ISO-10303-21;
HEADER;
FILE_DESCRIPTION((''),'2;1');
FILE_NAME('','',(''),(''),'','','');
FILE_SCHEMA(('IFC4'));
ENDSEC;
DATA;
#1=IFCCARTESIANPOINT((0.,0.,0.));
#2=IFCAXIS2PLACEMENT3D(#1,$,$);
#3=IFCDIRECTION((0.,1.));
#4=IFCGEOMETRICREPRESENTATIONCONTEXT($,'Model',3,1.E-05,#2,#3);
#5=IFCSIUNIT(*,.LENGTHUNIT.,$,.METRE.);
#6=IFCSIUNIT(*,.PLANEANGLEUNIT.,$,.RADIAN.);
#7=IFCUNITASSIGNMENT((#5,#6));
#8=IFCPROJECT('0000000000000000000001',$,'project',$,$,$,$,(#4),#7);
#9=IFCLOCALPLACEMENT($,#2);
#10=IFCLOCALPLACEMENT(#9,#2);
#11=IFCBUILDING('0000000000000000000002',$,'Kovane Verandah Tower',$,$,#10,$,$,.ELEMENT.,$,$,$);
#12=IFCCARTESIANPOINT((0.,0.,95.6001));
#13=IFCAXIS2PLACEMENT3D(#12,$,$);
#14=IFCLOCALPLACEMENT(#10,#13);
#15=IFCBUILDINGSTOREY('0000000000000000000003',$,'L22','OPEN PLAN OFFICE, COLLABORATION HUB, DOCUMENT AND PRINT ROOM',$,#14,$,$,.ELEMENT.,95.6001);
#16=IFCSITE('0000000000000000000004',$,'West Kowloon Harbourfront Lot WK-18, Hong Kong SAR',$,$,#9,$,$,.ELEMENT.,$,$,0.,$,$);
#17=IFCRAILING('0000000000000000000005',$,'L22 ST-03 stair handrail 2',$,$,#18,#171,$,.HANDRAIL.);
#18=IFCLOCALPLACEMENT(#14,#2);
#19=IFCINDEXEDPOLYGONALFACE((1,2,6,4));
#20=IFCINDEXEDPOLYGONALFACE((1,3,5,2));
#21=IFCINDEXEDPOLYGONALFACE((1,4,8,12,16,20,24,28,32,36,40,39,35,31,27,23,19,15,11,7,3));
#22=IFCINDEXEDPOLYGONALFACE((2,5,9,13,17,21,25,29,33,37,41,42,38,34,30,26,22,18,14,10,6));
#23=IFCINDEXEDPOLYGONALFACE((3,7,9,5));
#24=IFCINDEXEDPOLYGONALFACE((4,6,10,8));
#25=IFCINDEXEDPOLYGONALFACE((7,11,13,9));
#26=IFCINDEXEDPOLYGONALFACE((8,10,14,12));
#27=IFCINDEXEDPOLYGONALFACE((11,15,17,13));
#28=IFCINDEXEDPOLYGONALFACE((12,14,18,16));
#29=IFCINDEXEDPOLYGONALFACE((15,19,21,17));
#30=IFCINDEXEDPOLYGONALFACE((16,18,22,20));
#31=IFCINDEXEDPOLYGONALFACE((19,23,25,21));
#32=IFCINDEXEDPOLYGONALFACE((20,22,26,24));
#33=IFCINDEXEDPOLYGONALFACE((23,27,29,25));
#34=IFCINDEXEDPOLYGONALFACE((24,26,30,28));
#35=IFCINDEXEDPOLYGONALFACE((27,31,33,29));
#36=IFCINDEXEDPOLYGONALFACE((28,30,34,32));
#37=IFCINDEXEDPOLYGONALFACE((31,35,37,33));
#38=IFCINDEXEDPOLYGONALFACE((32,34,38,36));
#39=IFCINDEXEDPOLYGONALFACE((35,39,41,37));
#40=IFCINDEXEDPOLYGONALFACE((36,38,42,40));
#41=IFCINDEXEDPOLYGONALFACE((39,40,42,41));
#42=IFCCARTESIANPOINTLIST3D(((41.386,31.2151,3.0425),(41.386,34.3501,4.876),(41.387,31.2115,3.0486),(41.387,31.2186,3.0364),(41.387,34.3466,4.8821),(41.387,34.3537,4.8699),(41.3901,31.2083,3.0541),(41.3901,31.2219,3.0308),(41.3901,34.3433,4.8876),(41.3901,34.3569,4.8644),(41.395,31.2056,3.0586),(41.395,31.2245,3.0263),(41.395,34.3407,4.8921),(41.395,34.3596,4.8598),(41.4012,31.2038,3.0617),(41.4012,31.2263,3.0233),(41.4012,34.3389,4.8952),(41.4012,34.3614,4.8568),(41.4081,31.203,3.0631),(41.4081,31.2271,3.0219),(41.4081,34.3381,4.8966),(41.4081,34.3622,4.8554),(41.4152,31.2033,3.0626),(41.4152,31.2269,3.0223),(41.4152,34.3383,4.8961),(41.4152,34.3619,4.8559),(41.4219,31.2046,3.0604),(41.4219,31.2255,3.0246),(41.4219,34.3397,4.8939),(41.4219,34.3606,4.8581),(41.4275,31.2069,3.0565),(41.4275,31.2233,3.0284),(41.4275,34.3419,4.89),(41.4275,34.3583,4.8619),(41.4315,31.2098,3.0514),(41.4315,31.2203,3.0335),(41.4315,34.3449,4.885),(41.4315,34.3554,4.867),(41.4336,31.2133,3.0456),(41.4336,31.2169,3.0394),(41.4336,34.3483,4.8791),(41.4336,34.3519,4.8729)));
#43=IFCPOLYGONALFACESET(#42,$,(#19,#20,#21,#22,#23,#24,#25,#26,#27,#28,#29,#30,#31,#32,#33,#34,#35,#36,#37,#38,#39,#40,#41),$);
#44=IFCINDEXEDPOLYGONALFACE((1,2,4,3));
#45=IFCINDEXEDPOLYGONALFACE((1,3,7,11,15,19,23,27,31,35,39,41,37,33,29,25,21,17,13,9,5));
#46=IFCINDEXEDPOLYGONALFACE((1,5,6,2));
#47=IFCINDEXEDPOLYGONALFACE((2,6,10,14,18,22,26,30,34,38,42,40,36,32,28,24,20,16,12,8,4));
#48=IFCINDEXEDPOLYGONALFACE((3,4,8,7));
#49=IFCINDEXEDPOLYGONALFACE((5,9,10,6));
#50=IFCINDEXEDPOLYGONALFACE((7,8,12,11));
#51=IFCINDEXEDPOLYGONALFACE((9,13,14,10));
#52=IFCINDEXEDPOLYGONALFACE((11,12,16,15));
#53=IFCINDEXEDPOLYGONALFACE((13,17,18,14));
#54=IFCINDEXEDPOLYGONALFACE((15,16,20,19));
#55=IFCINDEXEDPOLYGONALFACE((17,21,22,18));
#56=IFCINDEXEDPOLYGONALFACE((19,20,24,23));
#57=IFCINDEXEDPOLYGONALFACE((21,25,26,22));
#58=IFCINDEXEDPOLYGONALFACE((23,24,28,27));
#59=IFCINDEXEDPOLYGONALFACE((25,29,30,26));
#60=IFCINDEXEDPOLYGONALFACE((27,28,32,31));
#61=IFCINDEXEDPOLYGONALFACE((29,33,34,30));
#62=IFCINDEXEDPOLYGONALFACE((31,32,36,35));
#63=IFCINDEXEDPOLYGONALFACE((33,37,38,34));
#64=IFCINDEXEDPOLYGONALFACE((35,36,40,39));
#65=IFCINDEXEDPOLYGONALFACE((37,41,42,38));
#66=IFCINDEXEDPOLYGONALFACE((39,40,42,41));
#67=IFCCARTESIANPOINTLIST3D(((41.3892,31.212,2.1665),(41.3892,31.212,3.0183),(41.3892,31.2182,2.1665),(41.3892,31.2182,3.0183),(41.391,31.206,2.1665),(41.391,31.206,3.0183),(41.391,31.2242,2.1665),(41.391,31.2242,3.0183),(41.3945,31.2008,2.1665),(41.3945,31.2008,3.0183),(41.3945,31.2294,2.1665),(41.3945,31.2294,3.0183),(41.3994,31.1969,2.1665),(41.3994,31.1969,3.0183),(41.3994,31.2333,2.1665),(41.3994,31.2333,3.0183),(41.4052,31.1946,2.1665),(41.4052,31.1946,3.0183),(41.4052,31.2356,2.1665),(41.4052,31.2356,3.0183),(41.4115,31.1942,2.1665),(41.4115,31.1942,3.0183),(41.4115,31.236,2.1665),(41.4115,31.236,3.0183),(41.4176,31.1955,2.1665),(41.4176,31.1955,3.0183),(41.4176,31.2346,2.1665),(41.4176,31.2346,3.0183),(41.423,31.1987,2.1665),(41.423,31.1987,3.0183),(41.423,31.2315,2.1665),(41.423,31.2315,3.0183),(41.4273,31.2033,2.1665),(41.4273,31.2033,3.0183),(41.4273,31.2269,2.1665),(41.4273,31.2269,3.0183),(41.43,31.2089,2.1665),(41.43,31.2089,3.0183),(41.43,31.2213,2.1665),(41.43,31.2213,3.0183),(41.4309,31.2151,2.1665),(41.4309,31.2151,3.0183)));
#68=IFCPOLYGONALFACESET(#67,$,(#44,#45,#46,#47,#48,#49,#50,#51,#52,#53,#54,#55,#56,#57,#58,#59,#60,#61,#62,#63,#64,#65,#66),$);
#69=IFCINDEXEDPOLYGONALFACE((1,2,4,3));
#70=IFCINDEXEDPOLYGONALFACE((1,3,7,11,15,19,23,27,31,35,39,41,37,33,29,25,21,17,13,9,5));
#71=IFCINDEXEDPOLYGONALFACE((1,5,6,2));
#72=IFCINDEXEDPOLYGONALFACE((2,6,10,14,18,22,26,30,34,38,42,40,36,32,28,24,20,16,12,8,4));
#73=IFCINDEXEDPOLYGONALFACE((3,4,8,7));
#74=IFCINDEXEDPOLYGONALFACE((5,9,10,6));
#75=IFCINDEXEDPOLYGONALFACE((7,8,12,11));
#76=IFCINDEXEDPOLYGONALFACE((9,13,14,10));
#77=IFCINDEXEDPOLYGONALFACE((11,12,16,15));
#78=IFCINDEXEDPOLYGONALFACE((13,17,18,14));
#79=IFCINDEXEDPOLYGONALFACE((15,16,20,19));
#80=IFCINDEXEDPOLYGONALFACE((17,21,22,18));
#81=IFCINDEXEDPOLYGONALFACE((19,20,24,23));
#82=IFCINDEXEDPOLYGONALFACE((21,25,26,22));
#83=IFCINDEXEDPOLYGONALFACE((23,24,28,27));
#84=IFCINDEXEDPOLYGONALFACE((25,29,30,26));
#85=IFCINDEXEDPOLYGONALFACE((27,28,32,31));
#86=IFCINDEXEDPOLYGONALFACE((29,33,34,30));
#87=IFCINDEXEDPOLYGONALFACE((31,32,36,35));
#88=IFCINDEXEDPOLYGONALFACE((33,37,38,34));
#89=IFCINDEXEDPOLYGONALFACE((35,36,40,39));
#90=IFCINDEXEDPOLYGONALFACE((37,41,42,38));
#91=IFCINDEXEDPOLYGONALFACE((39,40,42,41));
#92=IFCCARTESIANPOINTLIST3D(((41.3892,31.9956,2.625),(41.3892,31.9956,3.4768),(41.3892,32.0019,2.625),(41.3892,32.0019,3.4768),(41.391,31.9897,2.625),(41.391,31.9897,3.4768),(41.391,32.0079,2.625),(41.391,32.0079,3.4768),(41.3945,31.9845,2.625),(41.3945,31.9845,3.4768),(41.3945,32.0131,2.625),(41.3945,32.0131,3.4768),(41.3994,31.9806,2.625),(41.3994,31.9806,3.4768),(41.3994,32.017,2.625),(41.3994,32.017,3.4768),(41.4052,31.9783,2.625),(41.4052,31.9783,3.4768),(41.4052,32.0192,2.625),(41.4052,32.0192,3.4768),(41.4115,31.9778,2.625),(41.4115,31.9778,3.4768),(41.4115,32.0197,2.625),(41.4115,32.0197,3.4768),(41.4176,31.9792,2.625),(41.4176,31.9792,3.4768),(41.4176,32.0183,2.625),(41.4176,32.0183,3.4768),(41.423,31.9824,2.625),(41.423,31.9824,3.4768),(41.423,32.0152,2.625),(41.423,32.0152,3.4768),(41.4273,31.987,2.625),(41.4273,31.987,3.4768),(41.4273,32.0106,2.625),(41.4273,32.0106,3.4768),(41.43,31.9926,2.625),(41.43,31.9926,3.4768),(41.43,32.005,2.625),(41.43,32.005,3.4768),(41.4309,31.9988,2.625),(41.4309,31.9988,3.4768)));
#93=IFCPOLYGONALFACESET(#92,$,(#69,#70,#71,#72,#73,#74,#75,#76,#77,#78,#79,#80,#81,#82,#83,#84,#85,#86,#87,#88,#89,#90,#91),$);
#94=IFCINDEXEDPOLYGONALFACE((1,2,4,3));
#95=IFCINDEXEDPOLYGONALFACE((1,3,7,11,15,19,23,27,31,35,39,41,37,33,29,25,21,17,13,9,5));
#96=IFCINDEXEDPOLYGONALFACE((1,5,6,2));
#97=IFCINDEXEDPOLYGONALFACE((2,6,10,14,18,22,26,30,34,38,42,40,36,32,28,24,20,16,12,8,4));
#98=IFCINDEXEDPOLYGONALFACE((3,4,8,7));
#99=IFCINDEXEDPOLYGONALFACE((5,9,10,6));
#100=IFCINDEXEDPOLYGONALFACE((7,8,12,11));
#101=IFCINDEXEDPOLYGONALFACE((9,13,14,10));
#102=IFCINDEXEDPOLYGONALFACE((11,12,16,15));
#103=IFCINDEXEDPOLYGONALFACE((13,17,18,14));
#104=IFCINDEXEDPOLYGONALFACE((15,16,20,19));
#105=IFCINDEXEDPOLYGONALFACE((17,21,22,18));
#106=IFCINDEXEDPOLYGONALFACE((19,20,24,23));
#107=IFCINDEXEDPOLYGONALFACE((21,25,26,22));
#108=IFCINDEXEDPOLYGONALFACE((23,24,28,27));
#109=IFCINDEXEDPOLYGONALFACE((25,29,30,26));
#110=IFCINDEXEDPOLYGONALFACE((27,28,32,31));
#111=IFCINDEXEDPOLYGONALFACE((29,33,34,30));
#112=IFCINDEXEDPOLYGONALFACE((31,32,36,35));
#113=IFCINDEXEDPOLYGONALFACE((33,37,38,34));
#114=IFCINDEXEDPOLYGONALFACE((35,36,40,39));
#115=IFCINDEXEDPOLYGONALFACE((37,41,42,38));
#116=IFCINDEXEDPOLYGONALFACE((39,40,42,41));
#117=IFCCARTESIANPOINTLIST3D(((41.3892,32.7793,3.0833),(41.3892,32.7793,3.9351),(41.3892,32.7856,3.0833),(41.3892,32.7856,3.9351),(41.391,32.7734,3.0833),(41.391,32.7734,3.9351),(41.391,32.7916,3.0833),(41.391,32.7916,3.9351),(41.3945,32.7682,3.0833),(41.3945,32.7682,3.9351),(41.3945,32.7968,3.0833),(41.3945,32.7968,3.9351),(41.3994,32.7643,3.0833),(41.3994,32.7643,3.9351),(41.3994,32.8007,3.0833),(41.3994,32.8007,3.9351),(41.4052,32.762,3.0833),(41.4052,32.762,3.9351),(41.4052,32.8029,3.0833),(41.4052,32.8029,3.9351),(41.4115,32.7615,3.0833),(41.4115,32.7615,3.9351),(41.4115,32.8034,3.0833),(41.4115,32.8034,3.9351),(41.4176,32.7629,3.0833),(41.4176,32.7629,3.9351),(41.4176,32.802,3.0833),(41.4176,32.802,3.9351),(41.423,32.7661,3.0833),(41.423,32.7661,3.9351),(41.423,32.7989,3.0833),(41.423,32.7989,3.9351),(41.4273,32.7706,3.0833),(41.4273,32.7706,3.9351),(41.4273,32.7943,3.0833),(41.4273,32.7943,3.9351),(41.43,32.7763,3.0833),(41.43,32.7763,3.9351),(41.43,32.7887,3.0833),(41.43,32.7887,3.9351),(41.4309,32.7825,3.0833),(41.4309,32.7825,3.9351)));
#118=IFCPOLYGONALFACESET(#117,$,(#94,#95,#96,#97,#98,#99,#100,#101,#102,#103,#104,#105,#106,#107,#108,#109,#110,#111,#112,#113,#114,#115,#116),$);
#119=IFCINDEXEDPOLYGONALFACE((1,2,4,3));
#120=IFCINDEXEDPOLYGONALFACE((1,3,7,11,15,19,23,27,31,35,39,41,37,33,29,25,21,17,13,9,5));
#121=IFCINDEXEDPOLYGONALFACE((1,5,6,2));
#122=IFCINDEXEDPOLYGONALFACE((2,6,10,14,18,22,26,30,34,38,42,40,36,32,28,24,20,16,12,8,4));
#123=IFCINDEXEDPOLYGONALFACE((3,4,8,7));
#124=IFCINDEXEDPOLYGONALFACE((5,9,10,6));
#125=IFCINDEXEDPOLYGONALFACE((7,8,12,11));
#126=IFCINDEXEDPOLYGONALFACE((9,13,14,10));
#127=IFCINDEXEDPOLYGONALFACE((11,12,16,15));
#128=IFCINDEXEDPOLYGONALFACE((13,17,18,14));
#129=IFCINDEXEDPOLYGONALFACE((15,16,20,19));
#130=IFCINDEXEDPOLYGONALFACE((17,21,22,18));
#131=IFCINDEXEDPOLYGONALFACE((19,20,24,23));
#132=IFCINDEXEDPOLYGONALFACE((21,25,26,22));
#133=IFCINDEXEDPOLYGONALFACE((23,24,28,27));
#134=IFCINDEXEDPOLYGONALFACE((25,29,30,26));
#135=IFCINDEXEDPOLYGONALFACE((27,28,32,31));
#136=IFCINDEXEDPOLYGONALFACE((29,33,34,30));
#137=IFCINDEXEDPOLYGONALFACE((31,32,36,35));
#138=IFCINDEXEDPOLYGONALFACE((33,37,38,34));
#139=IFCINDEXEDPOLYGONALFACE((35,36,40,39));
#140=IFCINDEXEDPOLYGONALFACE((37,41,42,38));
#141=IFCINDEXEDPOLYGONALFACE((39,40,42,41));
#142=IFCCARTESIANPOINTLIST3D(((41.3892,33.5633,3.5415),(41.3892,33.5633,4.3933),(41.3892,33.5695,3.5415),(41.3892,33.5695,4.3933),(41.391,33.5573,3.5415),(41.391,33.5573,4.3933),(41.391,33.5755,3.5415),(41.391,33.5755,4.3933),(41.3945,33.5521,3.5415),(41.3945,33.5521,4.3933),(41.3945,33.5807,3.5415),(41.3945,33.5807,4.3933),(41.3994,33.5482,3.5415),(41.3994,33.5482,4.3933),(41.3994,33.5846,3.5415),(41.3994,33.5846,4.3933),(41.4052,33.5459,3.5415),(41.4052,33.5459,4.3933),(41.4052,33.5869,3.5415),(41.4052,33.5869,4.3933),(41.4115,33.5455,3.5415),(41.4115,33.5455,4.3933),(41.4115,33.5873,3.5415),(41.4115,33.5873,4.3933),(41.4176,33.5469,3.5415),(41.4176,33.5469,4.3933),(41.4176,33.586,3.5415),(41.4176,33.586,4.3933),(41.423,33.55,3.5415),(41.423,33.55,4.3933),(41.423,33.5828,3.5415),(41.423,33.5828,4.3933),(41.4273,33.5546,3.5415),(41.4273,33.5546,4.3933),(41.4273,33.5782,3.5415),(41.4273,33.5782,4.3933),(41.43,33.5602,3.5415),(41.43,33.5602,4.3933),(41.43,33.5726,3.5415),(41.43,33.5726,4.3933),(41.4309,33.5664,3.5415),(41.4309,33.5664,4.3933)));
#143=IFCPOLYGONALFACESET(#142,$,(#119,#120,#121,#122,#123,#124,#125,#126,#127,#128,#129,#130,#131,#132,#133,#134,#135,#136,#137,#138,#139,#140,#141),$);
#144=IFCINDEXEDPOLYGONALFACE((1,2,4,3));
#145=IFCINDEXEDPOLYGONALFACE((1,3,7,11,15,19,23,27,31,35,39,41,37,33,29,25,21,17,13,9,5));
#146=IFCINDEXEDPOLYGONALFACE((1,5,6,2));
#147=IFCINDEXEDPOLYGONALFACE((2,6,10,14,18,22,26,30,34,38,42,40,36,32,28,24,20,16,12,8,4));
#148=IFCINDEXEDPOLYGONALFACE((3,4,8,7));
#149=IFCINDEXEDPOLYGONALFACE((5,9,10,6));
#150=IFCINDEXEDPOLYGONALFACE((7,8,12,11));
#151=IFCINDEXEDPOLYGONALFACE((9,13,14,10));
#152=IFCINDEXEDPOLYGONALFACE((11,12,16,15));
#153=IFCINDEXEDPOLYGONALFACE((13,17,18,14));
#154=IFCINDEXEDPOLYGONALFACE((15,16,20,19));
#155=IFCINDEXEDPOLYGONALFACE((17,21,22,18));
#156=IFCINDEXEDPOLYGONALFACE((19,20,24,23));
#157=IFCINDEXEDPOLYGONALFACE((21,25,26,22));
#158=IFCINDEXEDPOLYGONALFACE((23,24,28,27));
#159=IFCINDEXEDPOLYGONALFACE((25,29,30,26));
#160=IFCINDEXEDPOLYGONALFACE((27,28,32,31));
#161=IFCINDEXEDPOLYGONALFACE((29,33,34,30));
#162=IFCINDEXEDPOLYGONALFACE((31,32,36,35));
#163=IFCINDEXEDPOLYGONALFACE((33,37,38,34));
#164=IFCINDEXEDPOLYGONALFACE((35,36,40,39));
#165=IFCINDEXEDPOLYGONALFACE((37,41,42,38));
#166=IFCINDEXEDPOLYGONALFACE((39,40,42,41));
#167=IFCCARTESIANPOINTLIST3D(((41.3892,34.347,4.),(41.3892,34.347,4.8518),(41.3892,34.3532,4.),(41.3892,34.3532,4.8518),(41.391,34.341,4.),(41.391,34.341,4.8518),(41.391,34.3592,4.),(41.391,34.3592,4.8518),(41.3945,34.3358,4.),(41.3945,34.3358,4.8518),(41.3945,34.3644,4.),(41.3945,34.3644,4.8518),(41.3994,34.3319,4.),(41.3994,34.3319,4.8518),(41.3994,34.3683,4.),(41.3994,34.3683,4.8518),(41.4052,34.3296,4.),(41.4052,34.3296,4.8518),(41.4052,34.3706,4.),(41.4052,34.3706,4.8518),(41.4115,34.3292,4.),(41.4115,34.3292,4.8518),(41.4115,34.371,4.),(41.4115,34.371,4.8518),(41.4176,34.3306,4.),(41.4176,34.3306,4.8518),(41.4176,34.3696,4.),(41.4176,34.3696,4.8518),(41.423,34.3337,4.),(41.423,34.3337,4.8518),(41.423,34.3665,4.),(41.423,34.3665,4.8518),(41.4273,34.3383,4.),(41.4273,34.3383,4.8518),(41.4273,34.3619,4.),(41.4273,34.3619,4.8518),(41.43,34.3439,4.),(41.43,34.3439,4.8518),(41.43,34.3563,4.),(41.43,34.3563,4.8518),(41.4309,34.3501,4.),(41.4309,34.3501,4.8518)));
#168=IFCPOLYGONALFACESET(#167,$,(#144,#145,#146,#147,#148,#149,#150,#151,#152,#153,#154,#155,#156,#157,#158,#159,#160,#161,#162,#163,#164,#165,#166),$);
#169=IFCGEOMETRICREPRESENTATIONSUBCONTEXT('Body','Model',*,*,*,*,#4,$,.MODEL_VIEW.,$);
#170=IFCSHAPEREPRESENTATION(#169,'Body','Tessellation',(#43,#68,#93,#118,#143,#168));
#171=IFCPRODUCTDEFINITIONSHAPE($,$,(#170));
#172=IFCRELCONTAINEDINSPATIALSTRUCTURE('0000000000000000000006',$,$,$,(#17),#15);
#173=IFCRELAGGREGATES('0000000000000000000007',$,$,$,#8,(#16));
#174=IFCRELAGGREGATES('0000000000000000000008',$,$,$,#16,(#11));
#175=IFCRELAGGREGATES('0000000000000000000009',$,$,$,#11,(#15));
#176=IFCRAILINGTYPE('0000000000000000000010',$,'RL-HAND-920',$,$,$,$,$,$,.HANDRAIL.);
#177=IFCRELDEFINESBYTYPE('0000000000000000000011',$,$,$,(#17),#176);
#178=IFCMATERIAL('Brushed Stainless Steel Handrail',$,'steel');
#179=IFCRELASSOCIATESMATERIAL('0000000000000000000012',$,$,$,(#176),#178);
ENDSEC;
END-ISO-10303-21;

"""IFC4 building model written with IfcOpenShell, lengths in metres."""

from ifc_helpers import new_model, si_unit, direction, frame, origin, origin_2d, place, context, subcontext, project, spatial, circle, extrude, material, type_object, element, save


model = new_model("IFC4")

# Units and contexts
model_context = context("Model", 3, precision=1e-05, world=origin(), true_north=direction((0.0, 1.0)))
body_context = subcontext(model_context, "Body", "Model", "MODEL_VIEW")
ifc_project = project(units=[si_unit("LENGTHUNIT", "METRE"), si_unit("PLANEANGLEUNIT", "RADIAN")], contexts=[model_context])

# Site, building, storey
site_placement = place(None, origin())
site = spatial("IfcSite", under=ifc_project, at=site_placement, Name="West Kowloon Harbourfront Lot WK-18, Hong Kong SAR", CompositionType="ELEMENT", RefElevation=0.0)
building_placement = place(site_placement, origin())
building = spatial("IfcBuilding", under=site, at=building_placement, Name="Kovane Verandah Tower", CompositionType="ELEMENT")
storey_placement = place(building_placement, frame((0.0, 0.0, 95.6001)))
storey = spatial("IfcBuildingStorey", under=building, at=storey_placement, Name="L22", Description="OPEN PLAN OFFICE, COLLABORATION HUB, DOCUMENT AND PRINT ROOM", CompositionType="ELEMENT", Elevation=95.6001)

# Railing
ifc_material_1 = material(Name="Brushed Stainless Steel Handrail", Category="steel")
railing_type_1 = type_object("IfcRailingType", Name="RL-HAND-920", PredefinedType="HANDRAIL", material=ifc_material_1)
railing_1_placement = place(storey_placement, frame((41.4099, 31.2151, 2.1665)))
element("IfcRailing", 1, at=railing_1_placement, inside=storey, type_object=railing_type_1, Name="L22 ST-03 stair handrail 2", PredefinedType="HANDRAIL", context=body_context, shape_type="SweptSolid", body=[
    extrude(circle(Radius=0.0239, at=origin_2d()), frame((0.0, 0.0, 0.876), z_axis=(0.0, 0.86321, 0.504845), x_axis=(-1.0, 0.0, 0.0)), (0.0, 0.0, 1.0), 3.6318),
    extrude(circle(Radius=0.021, at=origin_2d()), origin(), (0.0, 0.0, 1.0), 0.8518),
    extrude(circle(Radius=0.021, at=origin_2d()), frame((0.0, 0.7837, 0.4585)), (0.0, 0.0, 1.0), 0.8518),
    extrude(circle(Radius=0.021, at=origin_2d()), frame((0.0, 1.5674, 0.9167)), (0.0, 0.0, 1.0), 0.8518),
    extrude(circle(Radius=0.021, at=origin_2d()), frame((0.0, 2.3513, 1.375)), (0.0, 0.0, 1.0), 0.8518),
    extrude(circle(Radius=0.021, at=origin_2d()), frame((0.0, 3.135, 1.8335)), (0.0, 0.0, 1.0), 0.8518),
])

save(model, "model.ifc")
